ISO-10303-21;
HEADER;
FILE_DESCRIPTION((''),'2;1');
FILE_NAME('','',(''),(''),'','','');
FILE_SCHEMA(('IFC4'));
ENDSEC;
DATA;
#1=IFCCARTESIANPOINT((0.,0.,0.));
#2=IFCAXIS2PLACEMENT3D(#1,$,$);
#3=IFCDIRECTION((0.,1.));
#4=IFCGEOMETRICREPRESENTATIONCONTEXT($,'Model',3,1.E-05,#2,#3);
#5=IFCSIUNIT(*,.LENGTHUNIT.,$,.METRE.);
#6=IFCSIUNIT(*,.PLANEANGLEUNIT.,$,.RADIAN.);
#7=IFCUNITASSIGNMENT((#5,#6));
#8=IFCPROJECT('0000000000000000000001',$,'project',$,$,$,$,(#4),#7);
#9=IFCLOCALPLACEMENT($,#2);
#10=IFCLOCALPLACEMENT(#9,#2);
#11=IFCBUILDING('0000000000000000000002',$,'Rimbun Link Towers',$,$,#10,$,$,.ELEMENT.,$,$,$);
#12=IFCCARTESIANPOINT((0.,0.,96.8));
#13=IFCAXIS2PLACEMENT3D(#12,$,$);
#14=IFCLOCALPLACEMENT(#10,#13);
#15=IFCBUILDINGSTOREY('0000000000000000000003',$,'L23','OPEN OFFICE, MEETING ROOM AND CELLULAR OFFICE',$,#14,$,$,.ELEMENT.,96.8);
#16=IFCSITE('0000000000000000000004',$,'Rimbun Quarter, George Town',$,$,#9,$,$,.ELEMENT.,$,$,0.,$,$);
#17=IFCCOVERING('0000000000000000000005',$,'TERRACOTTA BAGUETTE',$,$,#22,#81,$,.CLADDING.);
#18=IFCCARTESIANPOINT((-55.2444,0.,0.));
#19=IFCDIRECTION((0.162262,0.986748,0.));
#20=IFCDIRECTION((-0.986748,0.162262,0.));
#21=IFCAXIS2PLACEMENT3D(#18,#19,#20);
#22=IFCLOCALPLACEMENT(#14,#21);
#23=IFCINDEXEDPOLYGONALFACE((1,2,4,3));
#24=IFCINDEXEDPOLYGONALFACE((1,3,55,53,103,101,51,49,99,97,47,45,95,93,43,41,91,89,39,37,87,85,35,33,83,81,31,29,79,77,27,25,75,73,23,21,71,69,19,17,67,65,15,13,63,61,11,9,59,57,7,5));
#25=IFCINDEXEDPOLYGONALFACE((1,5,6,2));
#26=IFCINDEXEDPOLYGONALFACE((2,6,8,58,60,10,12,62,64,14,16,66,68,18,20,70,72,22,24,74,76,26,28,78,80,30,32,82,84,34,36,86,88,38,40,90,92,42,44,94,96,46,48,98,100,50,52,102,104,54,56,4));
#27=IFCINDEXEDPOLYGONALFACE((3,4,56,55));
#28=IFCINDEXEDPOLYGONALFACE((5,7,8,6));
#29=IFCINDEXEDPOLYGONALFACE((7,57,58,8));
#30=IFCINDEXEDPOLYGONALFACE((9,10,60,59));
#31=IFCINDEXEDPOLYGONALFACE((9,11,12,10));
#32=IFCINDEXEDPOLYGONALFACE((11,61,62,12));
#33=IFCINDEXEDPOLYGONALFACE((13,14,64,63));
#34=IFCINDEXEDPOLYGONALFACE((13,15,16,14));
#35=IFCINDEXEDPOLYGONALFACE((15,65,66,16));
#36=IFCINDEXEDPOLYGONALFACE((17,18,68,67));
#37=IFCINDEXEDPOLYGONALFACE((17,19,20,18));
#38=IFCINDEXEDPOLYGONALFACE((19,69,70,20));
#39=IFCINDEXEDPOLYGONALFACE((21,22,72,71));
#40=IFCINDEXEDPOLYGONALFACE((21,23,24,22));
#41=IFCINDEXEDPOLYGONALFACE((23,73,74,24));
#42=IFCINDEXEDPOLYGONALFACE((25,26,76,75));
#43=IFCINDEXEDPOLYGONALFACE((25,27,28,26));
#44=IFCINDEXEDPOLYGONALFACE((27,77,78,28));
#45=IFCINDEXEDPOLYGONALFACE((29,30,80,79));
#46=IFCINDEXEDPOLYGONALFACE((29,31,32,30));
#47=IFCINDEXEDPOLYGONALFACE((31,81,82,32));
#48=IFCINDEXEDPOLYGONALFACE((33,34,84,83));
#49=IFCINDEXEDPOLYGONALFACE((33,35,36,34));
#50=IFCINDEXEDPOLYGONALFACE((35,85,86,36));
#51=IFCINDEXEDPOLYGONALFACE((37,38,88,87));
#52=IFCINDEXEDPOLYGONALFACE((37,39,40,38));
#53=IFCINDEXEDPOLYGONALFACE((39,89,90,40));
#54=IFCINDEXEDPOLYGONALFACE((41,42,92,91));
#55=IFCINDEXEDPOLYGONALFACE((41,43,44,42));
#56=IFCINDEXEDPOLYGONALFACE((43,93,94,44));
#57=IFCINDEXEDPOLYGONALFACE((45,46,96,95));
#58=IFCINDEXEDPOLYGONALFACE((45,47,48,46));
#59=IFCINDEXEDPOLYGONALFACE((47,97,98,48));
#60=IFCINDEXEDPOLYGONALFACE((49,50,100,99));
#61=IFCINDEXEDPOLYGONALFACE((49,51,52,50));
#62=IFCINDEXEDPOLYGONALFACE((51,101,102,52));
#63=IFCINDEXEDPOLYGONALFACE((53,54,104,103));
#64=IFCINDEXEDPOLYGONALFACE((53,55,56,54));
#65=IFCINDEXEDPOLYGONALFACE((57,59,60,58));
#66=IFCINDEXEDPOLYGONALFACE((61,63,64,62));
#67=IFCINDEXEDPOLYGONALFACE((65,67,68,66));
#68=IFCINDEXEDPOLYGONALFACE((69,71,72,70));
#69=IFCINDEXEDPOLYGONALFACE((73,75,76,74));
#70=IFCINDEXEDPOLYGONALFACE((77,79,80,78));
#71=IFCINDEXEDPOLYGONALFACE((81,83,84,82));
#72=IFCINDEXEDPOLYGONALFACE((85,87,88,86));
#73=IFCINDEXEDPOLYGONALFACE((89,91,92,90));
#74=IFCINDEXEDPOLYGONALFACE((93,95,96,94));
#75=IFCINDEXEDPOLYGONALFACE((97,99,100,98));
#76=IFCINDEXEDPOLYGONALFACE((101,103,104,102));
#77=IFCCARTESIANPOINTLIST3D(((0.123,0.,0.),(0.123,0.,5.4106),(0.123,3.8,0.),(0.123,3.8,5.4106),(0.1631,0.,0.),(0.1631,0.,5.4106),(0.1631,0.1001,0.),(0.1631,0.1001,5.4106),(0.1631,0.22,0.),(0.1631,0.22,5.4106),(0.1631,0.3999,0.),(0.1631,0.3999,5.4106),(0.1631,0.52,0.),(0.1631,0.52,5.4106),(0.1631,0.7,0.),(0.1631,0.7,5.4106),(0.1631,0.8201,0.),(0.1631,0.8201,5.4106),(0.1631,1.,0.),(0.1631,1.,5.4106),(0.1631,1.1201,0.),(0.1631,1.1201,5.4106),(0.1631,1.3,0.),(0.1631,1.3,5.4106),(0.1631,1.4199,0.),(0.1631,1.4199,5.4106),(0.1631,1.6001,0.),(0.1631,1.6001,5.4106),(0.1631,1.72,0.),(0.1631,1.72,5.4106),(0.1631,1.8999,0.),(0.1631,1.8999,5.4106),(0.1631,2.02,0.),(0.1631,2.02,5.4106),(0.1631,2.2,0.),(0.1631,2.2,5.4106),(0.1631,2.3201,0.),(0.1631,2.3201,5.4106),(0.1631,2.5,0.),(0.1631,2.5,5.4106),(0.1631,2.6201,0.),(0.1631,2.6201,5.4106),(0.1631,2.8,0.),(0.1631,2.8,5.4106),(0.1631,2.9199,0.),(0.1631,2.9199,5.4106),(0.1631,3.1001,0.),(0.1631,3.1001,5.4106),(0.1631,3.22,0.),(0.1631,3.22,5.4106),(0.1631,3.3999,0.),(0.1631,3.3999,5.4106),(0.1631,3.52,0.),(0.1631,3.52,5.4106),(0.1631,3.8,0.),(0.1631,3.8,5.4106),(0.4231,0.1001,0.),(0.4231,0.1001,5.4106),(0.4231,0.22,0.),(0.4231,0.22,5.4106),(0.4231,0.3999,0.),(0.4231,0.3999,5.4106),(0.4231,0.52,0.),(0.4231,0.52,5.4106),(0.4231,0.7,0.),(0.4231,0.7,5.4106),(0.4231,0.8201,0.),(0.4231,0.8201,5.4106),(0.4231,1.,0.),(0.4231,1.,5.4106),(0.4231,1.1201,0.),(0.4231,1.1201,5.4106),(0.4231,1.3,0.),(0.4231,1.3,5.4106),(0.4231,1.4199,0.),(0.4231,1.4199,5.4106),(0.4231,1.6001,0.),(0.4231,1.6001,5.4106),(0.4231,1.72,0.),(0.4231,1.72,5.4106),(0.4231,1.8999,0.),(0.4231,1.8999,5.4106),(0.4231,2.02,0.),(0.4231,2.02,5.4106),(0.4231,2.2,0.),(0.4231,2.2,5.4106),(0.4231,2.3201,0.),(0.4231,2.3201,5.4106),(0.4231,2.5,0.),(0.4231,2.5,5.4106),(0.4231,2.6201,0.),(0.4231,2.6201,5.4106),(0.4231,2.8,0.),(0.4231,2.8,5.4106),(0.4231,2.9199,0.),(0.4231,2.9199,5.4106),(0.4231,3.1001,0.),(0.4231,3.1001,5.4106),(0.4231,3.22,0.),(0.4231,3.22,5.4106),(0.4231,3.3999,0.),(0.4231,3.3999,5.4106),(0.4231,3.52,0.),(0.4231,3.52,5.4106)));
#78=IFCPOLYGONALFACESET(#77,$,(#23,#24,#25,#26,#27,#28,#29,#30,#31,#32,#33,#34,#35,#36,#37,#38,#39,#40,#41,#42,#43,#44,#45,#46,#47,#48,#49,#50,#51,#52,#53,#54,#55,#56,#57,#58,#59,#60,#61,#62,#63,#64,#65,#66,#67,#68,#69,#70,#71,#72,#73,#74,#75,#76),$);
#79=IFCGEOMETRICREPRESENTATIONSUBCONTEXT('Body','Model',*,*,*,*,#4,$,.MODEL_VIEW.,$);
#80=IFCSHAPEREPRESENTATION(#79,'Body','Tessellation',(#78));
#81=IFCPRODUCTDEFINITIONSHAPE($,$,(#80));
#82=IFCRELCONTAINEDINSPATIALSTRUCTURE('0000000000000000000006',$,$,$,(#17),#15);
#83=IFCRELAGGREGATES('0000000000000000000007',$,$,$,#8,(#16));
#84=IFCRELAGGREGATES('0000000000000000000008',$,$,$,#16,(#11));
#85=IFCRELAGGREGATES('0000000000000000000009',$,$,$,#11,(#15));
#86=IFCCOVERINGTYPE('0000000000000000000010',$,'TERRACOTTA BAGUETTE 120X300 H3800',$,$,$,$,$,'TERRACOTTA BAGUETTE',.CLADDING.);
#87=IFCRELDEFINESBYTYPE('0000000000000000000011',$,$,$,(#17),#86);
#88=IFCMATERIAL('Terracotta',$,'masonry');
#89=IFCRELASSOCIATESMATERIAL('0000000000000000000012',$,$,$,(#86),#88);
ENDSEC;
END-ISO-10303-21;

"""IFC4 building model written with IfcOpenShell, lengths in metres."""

from ifc_helpers import new_model, si_unit, direction, frame, origin, place, context, subcontext, project, spatial, polyline, outline, extrude, material, material_profile, profile_set, type_object, element, save


model = new_model("IFC4")

# Units and contexts
model_context = context("Model", 3, precision=1e-05, world=origin(), true_north=direction((0.0, 1.0)))
body_context = subcontext(model_context, "Body", "Model", "MODEL_VIEW")
ifc_project = project(units=[si_unit("LENGTHUNIT", "METRE"), si_unit("PLANEANGLEUNIT", "RADIAN")], contexts=[model_context])

# Site, building, storey
site_placement = place(None, origin())
site = spatial("IfcSite", under=ifc_project, at=site_placement, Name="Rimbun Quarter, George Town", CompositionType="ELEMENT", RefElevation=0.0)
building_placement = place(site_placement, origin())
building = spatial("IfcBuilding", under=site, at=building_placement, Name="Rimbun Link Towers", CompositionType="ELEMENT")
storey_placement = place(building_placement, frame((0.0, 0.0, 96.8)))
storey = spatial("IfcBuildingStorey", under=building, at=storey_placement, Name="L23", Description="OPEN OFFICE, MEETING ROOM AND CELLULAR OFFICE", CompositionType="ELEMENT", Elevation=96.8)

# Covering
ifc_material_1 = material(Name="Terracotta", Category="masonry")
ifc_material_profile_1 = material_profile(ifc_material_1, outline(polyline([(0.123, 0.0), (0.1631, 0.0), (0.1631, 0.1001), (0.4231, 0.1001), (0.4231, 0.22), (0.1631, 0.22), (0.1631, 0.3999), (0.4231, 0.3999), (0.4231, 0.52), (0.1631, 0.52), (0.1631, 0.7), (0.4231, 0.7), (0.4231, 0.8201), (0.1631, 0.8201), (0.1631, 1.0), (0.4231, 1.0), (0.4231, 1.1201), (0.1631, 1.1201), (0.1631, 1.3), (0.4231, 1.3), (0.4231, 1.4199), (0.1631, 1.4199), (0.1631, 1.6001), (0.4231, 1.6001), (0.4231, 1.72), (0.1631, 1.72), (0.1631, 1.8999), (0.4231, 1.8999), (0.4231, 2.02), (0.1631, 2.02), (0.1631, 2.2), (0.4231, 2.2), (0.4231, 2.3201), (0.1631, 2.3201), (0.1631, 2.5), (0.4231, 2.5), (0.4231, 2.6201), (0.1631, 2.6201), (0.1631, 2.8), (0.4231, 2.8), (0.4231, 2.9199), (0.1631, 2.9199), (0.1631, 3.1001), (0.4231, 3.1001), (0.4231, 3.22), (0.1631, 3.22), (0.1631, 3.3999), (0.4231, 3.3999), (0.4231, 3.52), (0.1631, 3.52), (0.1631, 3.8), (0.123, 3.8), (0.123, 0.0)])), Name="BAGUETTE 120X300")
ifc_profile_set_1 = profile_set([ifc_material_profile_1], Name="Terracotta")
covering_type = type_object("IfcCoveringType", Name="TERRACOTTA BAGUETTE 120X300 H3800", ElementType="TERRACOTTA BAGUETTE", PredefinedType="CLADDING", material=ifc_profile_set_1)
covering_placement = place(storey_placement, frame((-55.2444, 0.0, 0.0), z_axis=(0.162262, 0.986748, 0.0), x_axis=(-0.986748, 0.162262, 0.0)))
element("IfcCovering", 1, at=covering_placement, inside=storey, type_object=covering_type, Name="TERRACOTTA BAGUETTE", PredefinedType="CLADDING", context=body_context, shape_type="SweptSolid", body=[
    extrude(outline(polyline([(0.123, 0.0), (0.1631, 0.0), (0.1631, 0.1001), (0.4231, 0.1001), (0.4231, 0.22), (0.1631, 0.22), (0.1631, 0.3999), (0.4231, 0.3999), (0.4231, 0.52), (0.1631, 0.52), (0.1631, 0.7), (0.4231, 0.7), (0.4231, 0.8201), (0.1631, 0.8201), (0.1631, 1.0), (0.4231, 1.0), (0.4231, 1.1201), (0.1631, 1.1201), (0.1631, 1.3), (0.4231, 1.3), (0.4231, 1.4199), (0.1631, 1.4199), (0.1631, 1.6001), (0.4231, 1.6001), (0.4231, 1.72), (0.1631, 1.72), (0.1631, 1.8999), (0.4231, 1.8999), (0.4231, 2.02), (0.1631, 2.02), (0.1631, 2.2), (0.4231, 2.2), (0.4231, 2.3201), (0.1631, 2.3201), (0.1631, 2.5), (0.4231, 2.5), (0.4231, 2.6201), (0.1631, 2.6201), (0.1631, 2.8), (0.4231, 2.8), (0.4231, 2.9199), (0.1631, 2.9199), (0.1631, 3.1001), (0.4231, 3.1001), (0.4231, 3.22), (0.1631, 3.22), (0.1631, 3.3999), (0.4231, 3.3999), (0.4231, 3.52), (0.1631, 3.52), (0.1631, 3.8), (0.123, 3.8), (0.123, 0.0)])), origin(), (0.0, 0.0, 1.0), 5.4106),
])

save(model, "model.ifc")
